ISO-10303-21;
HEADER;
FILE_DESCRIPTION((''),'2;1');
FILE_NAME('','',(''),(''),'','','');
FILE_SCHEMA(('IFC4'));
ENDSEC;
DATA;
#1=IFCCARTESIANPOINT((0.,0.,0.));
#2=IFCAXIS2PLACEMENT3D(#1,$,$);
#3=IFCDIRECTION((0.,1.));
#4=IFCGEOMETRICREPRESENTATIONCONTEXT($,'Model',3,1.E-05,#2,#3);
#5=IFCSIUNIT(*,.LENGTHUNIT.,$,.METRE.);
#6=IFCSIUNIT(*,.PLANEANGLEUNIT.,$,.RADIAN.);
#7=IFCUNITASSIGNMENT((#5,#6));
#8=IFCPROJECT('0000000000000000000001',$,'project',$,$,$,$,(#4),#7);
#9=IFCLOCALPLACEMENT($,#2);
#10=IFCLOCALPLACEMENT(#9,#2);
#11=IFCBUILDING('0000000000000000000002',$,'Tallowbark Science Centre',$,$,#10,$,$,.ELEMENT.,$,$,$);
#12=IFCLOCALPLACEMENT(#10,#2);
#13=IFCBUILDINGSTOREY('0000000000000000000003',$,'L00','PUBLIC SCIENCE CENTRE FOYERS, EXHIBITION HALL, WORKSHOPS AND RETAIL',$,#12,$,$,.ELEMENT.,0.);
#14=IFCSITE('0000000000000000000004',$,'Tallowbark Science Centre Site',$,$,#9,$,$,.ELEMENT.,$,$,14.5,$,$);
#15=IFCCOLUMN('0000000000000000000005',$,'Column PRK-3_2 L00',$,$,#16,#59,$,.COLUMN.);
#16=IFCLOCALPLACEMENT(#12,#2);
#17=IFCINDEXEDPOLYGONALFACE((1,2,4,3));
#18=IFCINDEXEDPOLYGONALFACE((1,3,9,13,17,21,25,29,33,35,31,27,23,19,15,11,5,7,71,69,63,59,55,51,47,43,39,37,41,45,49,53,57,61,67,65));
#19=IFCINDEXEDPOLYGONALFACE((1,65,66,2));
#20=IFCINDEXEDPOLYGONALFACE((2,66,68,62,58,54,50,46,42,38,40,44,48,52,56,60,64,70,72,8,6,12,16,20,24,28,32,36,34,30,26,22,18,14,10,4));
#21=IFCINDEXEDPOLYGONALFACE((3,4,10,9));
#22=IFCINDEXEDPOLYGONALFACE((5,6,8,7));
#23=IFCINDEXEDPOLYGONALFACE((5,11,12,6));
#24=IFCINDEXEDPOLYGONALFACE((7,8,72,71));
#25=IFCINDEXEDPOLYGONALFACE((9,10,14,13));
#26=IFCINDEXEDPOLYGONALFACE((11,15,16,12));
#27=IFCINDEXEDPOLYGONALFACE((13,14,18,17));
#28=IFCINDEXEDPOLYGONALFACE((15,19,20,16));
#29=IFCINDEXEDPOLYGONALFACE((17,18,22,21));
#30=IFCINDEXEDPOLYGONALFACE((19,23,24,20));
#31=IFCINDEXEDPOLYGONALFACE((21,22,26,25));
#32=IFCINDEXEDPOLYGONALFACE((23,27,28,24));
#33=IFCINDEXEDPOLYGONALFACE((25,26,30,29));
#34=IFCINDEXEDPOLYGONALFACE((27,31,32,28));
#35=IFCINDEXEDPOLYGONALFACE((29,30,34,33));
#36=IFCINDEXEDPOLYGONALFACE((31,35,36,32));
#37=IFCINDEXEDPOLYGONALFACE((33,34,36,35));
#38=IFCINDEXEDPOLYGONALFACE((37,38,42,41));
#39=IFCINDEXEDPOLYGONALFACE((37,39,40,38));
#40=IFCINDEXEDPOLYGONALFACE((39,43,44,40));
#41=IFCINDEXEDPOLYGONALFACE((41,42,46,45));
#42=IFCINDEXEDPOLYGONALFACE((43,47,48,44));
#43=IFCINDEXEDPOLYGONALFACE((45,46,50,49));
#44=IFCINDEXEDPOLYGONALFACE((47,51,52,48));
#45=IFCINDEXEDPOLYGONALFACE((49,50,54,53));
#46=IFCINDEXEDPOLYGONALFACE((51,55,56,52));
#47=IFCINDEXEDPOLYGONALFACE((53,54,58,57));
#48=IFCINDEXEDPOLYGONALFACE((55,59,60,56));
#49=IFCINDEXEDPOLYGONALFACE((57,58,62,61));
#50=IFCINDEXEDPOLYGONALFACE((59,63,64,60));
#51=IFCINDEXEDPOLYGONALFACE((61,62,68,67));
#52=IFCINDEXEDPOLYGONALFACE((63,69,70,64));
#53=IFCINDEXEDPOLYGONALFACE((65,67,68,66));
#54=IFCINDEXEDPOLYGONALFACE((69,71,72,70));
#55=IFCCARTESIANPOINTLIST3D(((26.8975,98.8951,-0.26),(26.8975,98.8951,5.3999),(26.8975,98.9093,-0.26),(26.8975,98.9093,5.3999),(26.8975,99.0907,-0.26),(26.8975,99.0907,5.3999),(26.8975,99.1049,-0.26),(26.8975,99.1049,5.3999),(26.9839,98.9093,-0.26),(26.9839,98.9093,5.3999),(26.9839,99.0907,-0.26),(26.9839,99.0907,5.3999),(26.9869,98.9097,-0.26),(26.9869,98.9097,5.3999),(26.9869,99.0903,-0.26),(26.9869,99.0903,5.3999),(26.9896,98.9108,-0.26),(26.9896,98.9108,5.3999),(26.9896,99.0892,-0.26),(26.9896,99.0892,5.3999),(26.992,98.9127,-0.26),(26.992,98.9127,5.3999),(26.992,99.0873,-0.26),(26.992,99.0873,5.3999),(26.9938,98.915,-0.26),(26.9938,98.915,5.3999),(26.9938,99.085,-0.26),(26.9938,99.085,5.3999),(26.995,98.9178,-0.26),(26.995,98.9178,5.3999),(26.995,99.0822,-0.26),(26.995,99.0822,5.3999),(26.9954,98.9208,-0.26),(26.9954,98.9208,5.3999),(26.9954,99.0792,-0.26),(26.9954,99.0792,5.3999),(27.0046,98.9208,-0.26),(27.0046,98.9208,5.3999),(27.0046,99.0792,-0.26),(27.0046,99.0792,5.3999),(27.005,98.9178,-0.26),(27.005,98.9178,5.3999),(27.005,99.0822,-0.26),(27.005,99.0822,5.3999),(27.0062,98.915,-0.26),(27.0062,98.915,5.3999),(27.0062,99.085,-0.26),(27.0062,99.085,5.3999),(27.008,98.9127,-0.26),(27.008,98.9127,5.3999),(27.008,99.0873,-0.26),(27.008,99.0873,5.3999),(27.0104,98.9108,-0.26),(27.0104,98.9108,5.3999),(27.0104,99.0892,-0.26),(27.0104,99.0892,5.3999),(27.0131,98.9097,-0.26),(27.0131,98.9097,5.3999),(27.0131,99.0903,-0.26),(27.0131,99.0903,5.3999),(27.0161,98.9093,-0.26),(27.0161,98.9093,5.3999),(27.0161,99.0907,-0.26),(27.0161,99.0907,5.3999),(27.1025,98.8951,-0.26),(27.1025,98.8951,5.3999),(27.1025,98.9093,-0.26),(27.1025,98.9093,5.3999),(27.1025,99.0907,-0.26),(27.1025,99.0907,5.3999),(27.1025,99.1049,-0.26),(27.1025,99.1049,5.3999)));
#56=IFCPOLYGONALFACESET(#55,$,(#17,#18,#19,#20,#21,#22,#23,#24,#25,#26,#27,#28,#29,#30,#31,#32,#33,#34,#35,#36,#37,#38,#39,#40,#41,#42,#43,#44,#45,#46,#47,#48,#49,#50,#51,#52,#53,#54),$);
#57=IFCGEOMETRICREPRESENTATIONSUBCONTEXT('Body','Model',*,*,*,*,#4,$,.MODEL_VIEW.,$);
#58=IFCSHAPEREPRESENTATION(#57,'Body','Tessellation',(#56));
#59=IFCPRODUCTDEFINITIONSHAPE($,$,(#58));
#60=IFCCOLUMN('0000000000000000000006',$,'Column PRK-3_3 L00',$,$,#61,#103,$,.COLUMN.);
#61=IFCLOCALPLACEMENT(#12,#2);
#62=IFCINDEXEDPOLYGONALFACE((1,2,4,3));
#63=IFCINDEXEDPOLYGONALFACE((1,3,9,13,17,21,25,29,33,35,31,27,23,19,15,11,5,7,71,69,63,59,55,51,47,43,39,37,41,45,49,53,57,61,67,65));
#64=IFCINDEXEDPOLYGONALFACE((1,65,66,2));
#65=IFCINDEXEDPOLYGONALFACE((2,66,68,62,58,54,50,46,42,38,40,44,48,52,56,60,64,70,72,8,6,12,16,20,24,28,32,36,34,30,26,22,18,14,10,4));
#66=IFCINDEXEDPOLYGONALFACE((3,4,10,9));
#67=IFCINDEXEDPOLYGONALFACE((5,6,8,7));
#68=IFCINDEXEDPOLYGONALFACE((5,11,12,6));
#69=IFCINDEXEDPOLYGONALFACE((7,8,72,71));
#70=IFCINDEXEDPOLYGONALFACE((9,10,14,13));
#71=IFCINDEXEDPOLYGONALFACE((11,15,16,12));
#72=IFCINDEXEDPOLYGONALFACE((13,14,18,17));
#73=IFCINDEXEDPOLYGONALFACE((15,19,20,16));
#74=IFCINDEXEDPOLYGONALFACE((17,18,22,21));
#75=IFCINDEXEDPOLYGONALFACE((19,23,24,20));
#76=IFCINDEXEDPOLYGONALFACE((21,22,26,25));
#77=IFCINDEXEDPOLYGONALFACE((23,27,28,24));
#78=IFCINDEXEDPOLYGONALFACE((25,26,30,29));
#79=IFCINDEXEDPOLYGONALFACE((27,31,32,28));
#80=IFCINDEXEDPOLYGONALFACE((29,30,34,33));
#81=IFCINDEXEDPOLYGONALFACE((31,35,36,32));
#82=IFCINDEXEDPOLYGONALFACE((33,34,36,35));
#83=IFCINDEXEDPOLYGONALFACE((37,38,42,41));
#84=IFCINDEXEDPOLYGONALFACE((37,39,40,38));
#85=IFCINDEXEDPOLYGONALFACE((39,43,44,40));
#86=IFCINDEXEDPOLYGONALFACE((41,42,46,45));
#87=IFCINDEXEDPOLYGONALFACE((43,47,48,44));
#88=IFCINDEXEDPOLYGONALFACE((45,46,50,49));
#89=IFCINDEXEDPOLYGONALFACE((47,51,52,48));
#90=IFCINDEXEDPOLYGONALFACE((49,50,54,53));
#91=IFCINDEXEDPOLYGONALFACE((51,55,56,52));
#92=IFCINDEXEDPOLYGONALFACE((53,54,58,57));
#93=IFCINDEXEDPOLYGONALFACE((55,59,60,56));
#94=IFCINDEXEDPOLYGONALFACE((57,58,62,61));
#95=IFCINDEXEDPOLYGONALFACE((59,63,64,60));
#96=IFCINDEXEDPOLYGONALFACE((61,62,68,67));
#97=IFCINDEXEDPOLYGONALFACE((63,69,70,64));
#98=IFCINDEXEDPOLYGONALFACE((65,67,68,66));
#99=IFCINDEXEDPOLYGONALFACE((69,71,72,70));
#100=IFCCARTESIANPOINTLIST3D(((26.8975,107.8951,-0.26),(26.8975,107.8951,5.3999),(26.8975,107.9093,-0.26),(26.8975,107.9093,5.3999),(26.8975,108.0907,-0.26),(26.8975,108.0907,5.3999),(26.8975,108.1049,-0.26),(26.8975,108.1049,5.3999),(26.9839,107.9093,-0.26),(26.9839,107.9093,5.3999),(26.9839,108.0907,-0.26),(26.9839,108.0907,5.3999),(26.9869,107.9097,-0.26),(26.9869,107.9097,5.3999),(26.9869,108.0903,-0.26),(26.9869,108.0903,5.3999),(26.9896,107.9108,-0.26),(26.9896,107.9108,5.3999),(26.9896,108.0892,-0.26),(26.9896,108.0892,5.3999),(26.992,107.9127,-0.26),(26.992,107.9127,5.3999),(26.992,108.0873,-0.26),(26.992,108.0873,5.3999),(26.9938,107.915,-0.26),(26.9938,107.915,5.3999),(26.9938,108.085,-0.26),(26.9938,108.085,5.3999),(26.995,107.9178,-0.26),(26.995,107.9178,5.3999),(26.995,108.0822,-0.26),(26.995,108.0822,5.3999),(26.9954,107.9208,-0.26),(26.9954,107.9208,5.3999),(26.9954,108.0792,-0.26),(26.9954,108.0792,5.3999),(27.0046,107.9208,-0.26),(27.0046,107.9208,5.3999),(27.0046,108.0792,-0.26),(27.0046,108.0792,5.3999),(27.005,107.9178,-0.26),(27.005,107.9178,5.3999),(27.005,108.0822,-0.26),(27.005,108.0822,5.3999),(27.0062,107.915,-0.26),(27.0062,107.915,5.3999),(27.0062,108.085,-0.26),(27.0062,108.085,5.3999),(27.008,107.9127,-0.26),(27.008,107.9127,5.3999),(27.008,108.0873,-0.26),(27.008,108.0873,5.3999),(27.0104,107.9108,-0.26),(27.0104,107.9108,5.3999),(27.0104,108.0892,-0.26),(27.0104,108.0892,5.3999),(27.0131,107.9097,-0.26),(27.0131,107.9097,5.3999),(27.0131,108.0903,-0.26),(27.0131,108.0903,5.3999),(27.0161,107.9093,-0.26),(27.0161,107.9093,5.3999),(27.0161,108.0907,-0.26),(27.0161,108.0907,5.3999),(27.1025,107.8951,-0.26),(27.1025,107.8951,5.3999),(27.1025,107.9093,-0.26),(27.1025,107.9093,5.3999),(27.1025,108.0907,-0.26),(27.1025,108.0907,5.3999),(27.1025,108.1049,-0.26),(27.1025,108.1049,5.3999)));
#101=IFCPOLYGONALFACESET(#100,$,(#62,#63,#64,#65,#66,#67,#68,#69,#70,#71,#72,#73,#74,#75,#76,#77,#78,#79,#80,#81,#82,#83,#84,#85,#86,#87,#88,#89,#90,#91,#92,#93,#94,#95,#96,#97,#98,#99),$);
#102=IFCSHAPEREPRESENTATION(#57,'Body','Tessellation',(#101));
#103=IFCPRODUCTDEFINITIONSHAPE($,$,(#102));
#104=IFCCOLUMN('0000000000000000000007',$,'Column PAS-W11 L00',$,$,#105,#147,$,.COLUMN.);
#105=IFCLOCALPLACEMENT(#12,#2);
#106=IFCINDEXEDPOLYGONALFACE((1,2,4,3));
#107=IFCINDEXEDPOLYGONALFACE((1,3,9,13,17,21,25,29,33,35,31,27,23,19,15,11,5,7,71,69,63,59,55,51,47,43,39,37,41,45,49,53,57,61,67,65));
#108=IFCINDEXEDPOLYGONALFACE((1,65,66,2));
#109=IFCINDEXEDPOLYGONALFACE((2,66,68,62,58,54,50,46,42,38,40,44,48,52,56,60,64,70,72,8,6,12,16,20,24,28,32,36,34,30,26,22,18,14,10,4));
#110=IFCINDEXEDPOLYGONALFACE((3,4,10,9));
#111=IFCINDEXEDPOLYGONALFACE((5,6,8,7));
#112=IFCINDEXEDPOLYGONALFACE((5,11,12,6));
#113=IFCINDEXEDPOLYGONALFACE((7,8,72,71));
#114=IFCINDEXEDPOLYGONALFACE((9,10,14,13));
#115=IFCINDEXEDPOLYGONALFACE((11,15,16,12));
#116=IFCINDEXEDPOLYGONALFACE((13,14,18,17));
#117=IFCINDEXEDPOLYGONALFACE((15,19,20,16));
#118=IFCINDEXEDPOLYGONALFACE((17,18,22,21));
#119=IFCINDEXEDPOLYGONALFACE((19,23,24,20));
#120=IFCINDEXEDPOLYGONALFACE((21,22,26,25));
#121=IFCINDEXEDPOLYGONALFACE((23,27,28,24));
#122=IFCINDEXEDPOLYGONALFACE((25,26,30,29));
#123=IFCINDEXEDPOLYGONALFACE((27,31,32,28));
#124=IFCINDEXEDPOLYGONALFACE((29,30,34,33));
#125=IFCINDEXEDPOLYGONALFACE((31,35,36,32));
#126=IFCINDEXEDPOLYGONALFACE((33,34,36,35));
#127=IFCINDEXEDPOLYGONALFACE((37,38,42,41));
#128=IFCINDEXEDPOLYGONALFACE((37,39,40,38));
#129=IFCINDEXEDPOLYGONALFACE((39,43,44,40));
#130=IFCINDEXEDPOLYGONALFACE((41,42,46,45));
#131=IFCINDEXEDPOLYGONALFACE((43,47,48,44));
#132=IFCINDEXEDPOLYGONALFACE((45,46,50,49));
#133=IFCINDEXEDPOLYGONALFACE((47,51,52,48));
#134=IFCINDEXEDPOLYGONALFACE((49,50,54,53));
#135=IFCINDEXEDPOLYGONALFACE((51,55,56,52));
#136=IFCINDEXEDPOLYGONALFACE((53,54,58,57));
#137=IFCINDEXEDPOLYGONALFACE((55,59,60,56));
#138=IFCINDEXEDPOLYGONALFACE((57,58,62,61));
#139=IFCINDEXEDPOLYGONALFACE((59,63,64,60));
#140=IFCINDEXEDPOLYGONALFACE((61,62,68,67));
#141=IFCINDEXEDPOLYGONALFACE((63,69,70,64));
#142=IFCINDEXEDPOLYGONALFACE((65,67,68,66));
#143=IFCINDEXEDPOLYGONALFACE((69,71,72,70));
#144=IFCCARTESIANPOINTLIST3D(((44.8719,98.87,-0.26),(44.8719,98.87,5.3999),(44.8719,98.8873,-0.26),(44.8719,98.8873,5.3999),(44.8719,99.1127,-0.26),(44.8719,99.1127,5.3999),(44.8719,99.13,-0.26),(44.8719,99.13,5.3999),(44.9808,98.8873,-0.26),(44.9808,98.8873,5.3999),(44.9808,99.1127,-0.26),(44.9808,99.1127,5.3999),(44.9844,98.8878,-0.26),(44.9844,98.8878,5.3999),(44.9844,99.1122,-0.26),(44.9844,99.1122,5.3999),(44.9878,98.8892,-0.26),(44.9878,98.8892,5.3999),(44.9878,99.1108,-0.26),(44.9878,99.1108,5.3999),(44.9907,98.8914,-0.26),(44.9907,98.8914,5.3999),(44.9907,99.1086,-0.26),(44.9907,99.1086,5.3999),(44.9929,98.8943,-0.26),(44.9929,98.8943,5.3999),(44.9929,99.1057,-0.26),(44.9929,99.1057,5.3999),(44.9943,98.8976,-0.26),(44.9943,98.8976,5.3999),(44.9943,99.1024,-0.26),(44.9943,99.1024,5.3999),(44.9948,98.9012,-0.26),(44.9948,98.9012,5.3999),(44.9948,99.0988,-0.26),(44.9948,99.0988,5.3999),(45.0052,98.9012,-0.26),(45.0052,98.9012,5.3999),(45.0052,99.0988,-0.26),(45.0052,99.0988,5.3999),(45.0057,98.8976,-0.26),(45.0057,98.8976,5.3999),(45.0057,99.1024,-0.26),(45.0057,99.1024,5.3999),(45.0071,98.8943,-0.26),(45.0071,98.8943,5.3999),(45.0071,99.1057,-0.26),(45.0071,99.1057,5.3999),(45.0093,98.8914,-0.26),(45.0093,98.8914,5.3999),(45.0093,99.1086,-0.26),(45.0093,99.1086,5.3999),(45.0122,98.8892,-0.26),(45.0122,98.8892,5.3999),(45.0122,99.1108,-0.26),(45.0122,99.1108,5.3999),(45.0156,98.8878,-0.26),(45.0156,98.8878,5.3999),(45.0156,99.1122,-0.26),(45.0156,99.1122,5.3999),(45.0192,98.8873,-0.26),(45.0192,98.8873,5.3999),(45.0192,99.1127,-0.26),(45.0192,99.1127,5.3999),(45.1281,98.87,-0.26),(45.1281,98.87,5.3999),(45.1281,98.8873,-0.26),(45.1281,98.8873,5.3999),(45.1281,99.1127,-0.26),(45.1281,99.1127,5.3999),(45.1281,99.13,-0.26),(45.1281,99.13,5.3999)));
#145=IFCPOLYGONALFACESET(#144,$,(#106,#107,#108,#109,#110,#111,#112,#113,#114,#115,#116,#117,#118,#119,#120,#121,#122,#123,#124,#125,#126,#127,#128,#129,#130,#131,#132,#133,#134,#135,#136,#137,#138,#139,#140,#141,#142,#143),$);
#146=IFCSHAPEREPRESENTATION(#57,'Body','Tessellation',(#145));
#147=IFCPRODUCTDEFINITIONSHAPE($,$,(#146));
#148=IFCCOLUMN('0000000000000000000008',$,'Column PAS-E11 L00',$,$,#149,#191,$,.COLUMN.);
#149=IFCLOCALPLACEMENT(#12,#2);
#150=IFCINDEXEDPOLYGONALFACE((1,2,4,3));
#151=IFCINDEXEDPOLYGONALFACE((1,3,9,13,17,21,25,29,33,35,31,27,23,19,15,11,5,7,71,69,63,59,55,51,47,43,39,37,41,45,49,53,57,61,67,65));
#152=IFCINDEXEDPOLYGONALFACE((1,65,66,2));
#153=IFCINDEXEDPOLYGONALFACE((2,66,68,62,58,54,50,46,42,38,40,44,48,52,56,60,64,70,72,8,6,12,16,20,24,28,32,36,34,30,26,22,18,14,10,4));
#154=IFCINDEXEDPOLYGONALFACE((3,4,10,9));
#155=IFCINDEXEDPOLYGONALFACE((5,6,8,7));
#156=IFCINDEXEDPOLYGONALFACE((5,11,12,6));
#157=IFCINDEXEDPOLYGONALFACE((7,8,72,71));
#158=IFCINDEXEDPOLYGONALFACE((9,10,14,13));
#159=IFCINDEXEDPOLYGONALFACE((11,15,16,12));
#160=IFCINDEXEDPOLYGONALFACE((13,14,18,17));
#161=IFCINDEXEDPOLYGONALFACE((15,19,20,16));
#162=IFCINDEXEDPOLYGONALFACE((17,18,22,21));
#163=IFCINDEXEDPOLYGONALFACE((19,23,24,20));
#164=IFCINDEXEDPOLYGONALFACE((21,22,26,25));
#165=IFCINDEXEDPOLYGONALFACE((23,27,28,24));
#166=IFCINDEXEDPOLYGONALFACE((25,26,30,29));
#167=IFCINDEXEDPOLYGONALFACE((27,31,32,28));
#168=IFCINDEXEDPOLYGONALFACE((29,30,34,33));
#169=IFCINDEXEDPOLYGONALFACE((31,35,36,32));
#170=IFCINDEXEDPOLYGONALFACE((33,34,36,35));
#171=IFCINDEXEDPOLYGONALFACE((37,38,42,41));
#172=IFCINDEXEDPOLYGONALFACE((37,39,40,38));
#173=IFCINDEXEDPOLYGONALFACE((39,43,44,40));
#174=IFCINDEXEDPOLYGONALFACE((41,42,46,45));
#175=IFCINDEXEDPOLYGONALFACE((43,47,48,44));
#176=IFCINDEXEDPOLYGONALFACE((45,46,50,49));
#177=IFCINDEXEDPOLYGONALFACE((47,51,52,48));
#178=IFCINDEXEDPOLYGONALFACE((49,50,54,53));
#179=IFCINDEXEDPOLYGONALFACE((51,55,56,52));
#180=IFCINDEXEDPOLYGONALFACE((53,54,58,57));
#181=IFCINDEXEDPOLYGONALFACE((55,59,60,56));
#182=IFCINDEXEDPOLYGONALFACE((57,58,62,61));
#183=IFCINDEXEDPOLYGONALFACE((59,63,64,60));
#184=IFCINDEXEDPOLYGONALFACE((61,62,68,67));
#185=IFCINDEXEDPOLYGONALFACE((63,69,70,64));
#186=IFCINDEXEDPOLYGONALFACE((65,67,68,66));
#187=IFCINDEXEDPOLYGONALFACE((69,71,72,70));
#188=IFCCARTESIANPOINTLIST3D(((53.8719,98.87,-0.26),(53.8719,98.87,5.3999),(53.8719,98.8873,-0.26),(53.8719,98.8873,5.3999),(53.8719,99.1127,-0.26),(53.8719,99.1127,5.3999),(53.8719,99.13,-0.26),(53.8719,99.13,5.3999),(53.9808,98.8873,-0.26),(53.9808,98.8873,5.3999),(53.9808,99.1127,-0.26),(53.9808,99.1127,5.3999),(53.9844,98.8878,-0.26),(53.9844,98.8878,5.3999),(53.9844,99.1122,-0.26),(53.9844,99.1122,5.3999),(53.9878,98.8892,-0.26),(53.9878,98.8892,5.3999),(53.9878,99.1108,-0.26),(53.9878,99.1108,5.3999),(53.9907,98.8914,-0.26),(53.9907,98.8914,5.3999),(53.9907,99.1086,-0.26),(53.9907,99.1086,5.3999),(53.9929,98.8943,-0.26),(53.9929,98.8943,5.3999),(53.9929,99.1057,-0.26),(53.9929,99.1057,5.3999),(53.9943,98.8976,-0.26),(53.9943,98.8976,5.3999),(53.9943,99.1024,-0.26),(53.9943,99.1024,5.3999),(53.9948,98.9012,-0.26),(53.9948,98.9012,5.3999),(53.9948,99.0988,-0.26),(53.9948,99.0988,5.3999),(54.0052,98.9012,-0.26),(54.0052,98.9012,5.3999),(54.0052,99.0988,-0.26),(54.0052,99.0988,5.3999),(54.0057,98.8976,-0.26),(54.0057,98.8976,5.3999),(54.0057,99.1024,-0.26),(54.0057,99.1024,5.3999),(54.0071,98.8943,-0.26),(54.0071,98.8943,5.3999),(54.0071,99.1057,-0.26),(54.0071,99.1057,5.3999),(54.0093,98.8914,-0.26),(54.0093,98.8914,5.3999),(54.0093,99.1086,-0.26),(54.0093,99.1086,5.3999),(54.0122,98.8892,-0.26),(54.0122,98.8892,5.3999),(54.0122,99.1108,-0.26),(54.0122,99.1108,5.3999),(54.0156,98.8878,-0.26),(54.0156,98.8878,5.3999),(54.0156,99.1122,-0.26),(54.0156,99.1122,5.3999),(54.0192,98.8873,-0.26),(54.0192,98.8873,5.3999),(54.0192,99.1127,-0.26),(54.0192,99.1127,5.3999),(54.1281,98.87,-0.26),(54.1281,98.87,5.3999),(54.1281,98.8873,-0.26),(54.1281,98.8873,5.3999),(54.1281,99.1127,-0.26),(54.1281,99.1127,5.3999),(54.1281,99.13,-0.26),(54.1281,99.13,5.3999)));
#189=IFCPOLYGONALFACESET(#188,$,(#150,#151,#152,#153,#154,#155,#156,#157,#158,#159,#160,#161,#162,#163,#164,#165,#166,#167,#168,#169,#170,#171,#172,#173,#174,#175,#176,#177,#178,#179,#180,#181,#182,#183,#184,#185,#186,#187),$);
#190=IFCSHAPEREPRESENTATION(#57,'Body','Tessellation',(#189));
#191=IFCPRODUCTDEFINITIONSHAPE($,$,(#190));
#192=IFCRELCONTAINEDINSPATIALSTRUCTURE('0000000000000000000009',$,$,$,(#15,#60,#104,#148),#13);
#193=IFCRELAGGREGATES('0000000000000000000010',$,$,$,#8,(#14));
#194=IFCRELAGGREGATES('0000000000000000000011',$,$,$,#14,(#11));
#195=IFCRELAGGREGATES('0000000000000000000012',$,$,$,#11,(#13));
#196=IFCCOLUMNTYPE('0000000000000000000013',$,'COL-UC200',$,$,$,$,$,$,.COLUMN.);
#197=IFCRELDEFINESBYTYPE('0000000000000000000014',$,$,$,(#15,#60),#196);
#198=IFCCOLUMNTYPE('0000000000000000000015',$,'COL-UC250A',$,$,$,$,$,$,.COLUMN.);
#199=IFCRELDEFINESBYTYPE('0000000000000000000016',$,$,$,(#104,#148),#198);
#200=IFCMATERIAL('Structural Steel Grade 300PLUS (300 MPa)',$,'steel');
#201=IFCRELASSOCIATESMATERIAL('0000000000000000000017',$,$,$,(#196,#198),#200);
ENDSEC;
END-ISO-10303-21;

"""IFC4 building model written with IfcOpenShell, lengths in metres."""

from ifc_helpers import new_model, si_unit, direction, frame, origin, origin_2d, place, context, subcontext, project, spatial, i_section, extrude, material, material_profile, profile_set, type_object, element, save


model = new_model("IFC4")

# Units and contexts
model_context = context("Model", 3, precision=1e-05, world=origin(), true_north=direction((0.0, 1.0)))
body_context = subcontext(model_context, "Body", "Model", "MODEL_VIEW")
ifc_project = project(units=[si_unit("LENGTHUNIT", "METRE"), si_unit("PLANEANGLEUNIT", "RADIAN")], contexts=[model_context])

# Site, building, storey
site_placement = place(None, origin())
site = spatial("IfcSite", under=ifc_project, at=site_placement, Name="Tallowbark Science Centre Site", CompositionType="ELEMENT", RefElevation=14.5)
building_placement = place(site_placement, origin())
building = spatial("IfcBuilding", under=site, at=building_placement, Name="Tallowbark Science Centre", CompositionType="ELEMENT")
storey_placement = place(building_placement, origin())
storey = spatial("IfcBuildingStorey", under=building, at=storey_placement, Name="L00", Description="PUBLIC SCIENCE CENTRE FOYERS, EXHIBITION HALL, WORKSHOPS AND RETAIL", CompositionType="ELEMENT", Elevation=0.0)

# Columns
ifc_material_1 = material(Name="Structural Steel Grade 300PLUS (300 MPa)", Category="steel")
ifc_material_profile_1 = material_profile(ifc_material_1, i_section(OverallWidth=0.2051, OverallDepth=0.2097, WebThickness=0.0093, FlangeThickness=0.0142, FilletRadius=0.0115, at=origin_2d()), Name="200UC59.5")
ifc_profile_set_1 = profile_set([ifc_material_profile_1], Name="Structural Steel Grade 300PLUS (300 MPa)")
column_type_1 = type_object("IfcColumnType", Name="COL-UC200", PredefinedType="COLUMN", material=ifc_profile_set_1)
for number, where, z_axis, x_axis, name in (
    (1, (27.0, 99.0, -0.26), (0.0, 0.0, 1.0), (1.0, 0.0, 0.0), "Column PRK-3_2 L00"),
    (2, (27.0, 108.0, -0.26), (0.0, 0.0, 1.0), (1.0, 0.0, 0.0), "Column PRK-3_3 L00"),
):
    element("IfcColumn", number, at=place(storey_placement, frame(where, z_axis=z_axis, x_axis=x_axis)), inside=storey, type_object=column_type_1, Name=name, PredefinedType="COLUMN", context=body_context, shape_type="SweptSolid", body=[
        extrude(i_section(OverallWidth=0.2051, OverallDepth=0.2097, WebThickness=0.0093, FlangeThickness=0.0142, FilletRadius=0.0115, at=origin_2d()), origin(), (0.0, 0.0, 1.0), 5.6599),
    ])
ifc_material_profile_2 = material_profile(ifc_material_1, i_section(OverallWidth=0.2561, OverallDepth=0.26, WebThickness=0.0105, FlangeThickness=0.0173, FilletRadius=0.0139, at=origin_2d()), Name="250UC89.5")
ifc_profile_set_2 = profile_set([ifc_material_profile_2], Name="Structural Steel Grade 300PLUS (300 MPa)")
column_type_2 = type_object("IfcColumnType", Name="COL-UC250A", PredefinedType="COLUMN", material=ifc_profile_set_2)
for number, where, z_axis, x_axis, name in (
    (3, (45.0, 99.0, -0.26), (0.0, 0.0, 1.0), (1.0, 0.0, 0.0), "Column PAS-W11 L00"),
    (4, (54.0, 99.0, -0.26), (0.0, 0.0, 1.0), (1.0, 0.0, 0.0), "Column PAS-E11 L00"),
):
    element("IfcColumn", number, at=place(storey_placement, frame(where, z_axis=z_axis, x_axis=x_axis)), inside=storey, type_object=column_type_2, Name=name, PredefinedType="COLUMN", context=body_context, shape_type="SweptSolid", body=[
        extrude(i_section(OverallWidth=0.2561, OverallDepth=0.26, WebThickness=0.0105, FlangeThickness=0.0173, FilletRadius=0.0139, at=origin_2d()), origin(), (0.0, 0.0, 1.0), 5.6599),
    ])

save(model, "model.ifc")
